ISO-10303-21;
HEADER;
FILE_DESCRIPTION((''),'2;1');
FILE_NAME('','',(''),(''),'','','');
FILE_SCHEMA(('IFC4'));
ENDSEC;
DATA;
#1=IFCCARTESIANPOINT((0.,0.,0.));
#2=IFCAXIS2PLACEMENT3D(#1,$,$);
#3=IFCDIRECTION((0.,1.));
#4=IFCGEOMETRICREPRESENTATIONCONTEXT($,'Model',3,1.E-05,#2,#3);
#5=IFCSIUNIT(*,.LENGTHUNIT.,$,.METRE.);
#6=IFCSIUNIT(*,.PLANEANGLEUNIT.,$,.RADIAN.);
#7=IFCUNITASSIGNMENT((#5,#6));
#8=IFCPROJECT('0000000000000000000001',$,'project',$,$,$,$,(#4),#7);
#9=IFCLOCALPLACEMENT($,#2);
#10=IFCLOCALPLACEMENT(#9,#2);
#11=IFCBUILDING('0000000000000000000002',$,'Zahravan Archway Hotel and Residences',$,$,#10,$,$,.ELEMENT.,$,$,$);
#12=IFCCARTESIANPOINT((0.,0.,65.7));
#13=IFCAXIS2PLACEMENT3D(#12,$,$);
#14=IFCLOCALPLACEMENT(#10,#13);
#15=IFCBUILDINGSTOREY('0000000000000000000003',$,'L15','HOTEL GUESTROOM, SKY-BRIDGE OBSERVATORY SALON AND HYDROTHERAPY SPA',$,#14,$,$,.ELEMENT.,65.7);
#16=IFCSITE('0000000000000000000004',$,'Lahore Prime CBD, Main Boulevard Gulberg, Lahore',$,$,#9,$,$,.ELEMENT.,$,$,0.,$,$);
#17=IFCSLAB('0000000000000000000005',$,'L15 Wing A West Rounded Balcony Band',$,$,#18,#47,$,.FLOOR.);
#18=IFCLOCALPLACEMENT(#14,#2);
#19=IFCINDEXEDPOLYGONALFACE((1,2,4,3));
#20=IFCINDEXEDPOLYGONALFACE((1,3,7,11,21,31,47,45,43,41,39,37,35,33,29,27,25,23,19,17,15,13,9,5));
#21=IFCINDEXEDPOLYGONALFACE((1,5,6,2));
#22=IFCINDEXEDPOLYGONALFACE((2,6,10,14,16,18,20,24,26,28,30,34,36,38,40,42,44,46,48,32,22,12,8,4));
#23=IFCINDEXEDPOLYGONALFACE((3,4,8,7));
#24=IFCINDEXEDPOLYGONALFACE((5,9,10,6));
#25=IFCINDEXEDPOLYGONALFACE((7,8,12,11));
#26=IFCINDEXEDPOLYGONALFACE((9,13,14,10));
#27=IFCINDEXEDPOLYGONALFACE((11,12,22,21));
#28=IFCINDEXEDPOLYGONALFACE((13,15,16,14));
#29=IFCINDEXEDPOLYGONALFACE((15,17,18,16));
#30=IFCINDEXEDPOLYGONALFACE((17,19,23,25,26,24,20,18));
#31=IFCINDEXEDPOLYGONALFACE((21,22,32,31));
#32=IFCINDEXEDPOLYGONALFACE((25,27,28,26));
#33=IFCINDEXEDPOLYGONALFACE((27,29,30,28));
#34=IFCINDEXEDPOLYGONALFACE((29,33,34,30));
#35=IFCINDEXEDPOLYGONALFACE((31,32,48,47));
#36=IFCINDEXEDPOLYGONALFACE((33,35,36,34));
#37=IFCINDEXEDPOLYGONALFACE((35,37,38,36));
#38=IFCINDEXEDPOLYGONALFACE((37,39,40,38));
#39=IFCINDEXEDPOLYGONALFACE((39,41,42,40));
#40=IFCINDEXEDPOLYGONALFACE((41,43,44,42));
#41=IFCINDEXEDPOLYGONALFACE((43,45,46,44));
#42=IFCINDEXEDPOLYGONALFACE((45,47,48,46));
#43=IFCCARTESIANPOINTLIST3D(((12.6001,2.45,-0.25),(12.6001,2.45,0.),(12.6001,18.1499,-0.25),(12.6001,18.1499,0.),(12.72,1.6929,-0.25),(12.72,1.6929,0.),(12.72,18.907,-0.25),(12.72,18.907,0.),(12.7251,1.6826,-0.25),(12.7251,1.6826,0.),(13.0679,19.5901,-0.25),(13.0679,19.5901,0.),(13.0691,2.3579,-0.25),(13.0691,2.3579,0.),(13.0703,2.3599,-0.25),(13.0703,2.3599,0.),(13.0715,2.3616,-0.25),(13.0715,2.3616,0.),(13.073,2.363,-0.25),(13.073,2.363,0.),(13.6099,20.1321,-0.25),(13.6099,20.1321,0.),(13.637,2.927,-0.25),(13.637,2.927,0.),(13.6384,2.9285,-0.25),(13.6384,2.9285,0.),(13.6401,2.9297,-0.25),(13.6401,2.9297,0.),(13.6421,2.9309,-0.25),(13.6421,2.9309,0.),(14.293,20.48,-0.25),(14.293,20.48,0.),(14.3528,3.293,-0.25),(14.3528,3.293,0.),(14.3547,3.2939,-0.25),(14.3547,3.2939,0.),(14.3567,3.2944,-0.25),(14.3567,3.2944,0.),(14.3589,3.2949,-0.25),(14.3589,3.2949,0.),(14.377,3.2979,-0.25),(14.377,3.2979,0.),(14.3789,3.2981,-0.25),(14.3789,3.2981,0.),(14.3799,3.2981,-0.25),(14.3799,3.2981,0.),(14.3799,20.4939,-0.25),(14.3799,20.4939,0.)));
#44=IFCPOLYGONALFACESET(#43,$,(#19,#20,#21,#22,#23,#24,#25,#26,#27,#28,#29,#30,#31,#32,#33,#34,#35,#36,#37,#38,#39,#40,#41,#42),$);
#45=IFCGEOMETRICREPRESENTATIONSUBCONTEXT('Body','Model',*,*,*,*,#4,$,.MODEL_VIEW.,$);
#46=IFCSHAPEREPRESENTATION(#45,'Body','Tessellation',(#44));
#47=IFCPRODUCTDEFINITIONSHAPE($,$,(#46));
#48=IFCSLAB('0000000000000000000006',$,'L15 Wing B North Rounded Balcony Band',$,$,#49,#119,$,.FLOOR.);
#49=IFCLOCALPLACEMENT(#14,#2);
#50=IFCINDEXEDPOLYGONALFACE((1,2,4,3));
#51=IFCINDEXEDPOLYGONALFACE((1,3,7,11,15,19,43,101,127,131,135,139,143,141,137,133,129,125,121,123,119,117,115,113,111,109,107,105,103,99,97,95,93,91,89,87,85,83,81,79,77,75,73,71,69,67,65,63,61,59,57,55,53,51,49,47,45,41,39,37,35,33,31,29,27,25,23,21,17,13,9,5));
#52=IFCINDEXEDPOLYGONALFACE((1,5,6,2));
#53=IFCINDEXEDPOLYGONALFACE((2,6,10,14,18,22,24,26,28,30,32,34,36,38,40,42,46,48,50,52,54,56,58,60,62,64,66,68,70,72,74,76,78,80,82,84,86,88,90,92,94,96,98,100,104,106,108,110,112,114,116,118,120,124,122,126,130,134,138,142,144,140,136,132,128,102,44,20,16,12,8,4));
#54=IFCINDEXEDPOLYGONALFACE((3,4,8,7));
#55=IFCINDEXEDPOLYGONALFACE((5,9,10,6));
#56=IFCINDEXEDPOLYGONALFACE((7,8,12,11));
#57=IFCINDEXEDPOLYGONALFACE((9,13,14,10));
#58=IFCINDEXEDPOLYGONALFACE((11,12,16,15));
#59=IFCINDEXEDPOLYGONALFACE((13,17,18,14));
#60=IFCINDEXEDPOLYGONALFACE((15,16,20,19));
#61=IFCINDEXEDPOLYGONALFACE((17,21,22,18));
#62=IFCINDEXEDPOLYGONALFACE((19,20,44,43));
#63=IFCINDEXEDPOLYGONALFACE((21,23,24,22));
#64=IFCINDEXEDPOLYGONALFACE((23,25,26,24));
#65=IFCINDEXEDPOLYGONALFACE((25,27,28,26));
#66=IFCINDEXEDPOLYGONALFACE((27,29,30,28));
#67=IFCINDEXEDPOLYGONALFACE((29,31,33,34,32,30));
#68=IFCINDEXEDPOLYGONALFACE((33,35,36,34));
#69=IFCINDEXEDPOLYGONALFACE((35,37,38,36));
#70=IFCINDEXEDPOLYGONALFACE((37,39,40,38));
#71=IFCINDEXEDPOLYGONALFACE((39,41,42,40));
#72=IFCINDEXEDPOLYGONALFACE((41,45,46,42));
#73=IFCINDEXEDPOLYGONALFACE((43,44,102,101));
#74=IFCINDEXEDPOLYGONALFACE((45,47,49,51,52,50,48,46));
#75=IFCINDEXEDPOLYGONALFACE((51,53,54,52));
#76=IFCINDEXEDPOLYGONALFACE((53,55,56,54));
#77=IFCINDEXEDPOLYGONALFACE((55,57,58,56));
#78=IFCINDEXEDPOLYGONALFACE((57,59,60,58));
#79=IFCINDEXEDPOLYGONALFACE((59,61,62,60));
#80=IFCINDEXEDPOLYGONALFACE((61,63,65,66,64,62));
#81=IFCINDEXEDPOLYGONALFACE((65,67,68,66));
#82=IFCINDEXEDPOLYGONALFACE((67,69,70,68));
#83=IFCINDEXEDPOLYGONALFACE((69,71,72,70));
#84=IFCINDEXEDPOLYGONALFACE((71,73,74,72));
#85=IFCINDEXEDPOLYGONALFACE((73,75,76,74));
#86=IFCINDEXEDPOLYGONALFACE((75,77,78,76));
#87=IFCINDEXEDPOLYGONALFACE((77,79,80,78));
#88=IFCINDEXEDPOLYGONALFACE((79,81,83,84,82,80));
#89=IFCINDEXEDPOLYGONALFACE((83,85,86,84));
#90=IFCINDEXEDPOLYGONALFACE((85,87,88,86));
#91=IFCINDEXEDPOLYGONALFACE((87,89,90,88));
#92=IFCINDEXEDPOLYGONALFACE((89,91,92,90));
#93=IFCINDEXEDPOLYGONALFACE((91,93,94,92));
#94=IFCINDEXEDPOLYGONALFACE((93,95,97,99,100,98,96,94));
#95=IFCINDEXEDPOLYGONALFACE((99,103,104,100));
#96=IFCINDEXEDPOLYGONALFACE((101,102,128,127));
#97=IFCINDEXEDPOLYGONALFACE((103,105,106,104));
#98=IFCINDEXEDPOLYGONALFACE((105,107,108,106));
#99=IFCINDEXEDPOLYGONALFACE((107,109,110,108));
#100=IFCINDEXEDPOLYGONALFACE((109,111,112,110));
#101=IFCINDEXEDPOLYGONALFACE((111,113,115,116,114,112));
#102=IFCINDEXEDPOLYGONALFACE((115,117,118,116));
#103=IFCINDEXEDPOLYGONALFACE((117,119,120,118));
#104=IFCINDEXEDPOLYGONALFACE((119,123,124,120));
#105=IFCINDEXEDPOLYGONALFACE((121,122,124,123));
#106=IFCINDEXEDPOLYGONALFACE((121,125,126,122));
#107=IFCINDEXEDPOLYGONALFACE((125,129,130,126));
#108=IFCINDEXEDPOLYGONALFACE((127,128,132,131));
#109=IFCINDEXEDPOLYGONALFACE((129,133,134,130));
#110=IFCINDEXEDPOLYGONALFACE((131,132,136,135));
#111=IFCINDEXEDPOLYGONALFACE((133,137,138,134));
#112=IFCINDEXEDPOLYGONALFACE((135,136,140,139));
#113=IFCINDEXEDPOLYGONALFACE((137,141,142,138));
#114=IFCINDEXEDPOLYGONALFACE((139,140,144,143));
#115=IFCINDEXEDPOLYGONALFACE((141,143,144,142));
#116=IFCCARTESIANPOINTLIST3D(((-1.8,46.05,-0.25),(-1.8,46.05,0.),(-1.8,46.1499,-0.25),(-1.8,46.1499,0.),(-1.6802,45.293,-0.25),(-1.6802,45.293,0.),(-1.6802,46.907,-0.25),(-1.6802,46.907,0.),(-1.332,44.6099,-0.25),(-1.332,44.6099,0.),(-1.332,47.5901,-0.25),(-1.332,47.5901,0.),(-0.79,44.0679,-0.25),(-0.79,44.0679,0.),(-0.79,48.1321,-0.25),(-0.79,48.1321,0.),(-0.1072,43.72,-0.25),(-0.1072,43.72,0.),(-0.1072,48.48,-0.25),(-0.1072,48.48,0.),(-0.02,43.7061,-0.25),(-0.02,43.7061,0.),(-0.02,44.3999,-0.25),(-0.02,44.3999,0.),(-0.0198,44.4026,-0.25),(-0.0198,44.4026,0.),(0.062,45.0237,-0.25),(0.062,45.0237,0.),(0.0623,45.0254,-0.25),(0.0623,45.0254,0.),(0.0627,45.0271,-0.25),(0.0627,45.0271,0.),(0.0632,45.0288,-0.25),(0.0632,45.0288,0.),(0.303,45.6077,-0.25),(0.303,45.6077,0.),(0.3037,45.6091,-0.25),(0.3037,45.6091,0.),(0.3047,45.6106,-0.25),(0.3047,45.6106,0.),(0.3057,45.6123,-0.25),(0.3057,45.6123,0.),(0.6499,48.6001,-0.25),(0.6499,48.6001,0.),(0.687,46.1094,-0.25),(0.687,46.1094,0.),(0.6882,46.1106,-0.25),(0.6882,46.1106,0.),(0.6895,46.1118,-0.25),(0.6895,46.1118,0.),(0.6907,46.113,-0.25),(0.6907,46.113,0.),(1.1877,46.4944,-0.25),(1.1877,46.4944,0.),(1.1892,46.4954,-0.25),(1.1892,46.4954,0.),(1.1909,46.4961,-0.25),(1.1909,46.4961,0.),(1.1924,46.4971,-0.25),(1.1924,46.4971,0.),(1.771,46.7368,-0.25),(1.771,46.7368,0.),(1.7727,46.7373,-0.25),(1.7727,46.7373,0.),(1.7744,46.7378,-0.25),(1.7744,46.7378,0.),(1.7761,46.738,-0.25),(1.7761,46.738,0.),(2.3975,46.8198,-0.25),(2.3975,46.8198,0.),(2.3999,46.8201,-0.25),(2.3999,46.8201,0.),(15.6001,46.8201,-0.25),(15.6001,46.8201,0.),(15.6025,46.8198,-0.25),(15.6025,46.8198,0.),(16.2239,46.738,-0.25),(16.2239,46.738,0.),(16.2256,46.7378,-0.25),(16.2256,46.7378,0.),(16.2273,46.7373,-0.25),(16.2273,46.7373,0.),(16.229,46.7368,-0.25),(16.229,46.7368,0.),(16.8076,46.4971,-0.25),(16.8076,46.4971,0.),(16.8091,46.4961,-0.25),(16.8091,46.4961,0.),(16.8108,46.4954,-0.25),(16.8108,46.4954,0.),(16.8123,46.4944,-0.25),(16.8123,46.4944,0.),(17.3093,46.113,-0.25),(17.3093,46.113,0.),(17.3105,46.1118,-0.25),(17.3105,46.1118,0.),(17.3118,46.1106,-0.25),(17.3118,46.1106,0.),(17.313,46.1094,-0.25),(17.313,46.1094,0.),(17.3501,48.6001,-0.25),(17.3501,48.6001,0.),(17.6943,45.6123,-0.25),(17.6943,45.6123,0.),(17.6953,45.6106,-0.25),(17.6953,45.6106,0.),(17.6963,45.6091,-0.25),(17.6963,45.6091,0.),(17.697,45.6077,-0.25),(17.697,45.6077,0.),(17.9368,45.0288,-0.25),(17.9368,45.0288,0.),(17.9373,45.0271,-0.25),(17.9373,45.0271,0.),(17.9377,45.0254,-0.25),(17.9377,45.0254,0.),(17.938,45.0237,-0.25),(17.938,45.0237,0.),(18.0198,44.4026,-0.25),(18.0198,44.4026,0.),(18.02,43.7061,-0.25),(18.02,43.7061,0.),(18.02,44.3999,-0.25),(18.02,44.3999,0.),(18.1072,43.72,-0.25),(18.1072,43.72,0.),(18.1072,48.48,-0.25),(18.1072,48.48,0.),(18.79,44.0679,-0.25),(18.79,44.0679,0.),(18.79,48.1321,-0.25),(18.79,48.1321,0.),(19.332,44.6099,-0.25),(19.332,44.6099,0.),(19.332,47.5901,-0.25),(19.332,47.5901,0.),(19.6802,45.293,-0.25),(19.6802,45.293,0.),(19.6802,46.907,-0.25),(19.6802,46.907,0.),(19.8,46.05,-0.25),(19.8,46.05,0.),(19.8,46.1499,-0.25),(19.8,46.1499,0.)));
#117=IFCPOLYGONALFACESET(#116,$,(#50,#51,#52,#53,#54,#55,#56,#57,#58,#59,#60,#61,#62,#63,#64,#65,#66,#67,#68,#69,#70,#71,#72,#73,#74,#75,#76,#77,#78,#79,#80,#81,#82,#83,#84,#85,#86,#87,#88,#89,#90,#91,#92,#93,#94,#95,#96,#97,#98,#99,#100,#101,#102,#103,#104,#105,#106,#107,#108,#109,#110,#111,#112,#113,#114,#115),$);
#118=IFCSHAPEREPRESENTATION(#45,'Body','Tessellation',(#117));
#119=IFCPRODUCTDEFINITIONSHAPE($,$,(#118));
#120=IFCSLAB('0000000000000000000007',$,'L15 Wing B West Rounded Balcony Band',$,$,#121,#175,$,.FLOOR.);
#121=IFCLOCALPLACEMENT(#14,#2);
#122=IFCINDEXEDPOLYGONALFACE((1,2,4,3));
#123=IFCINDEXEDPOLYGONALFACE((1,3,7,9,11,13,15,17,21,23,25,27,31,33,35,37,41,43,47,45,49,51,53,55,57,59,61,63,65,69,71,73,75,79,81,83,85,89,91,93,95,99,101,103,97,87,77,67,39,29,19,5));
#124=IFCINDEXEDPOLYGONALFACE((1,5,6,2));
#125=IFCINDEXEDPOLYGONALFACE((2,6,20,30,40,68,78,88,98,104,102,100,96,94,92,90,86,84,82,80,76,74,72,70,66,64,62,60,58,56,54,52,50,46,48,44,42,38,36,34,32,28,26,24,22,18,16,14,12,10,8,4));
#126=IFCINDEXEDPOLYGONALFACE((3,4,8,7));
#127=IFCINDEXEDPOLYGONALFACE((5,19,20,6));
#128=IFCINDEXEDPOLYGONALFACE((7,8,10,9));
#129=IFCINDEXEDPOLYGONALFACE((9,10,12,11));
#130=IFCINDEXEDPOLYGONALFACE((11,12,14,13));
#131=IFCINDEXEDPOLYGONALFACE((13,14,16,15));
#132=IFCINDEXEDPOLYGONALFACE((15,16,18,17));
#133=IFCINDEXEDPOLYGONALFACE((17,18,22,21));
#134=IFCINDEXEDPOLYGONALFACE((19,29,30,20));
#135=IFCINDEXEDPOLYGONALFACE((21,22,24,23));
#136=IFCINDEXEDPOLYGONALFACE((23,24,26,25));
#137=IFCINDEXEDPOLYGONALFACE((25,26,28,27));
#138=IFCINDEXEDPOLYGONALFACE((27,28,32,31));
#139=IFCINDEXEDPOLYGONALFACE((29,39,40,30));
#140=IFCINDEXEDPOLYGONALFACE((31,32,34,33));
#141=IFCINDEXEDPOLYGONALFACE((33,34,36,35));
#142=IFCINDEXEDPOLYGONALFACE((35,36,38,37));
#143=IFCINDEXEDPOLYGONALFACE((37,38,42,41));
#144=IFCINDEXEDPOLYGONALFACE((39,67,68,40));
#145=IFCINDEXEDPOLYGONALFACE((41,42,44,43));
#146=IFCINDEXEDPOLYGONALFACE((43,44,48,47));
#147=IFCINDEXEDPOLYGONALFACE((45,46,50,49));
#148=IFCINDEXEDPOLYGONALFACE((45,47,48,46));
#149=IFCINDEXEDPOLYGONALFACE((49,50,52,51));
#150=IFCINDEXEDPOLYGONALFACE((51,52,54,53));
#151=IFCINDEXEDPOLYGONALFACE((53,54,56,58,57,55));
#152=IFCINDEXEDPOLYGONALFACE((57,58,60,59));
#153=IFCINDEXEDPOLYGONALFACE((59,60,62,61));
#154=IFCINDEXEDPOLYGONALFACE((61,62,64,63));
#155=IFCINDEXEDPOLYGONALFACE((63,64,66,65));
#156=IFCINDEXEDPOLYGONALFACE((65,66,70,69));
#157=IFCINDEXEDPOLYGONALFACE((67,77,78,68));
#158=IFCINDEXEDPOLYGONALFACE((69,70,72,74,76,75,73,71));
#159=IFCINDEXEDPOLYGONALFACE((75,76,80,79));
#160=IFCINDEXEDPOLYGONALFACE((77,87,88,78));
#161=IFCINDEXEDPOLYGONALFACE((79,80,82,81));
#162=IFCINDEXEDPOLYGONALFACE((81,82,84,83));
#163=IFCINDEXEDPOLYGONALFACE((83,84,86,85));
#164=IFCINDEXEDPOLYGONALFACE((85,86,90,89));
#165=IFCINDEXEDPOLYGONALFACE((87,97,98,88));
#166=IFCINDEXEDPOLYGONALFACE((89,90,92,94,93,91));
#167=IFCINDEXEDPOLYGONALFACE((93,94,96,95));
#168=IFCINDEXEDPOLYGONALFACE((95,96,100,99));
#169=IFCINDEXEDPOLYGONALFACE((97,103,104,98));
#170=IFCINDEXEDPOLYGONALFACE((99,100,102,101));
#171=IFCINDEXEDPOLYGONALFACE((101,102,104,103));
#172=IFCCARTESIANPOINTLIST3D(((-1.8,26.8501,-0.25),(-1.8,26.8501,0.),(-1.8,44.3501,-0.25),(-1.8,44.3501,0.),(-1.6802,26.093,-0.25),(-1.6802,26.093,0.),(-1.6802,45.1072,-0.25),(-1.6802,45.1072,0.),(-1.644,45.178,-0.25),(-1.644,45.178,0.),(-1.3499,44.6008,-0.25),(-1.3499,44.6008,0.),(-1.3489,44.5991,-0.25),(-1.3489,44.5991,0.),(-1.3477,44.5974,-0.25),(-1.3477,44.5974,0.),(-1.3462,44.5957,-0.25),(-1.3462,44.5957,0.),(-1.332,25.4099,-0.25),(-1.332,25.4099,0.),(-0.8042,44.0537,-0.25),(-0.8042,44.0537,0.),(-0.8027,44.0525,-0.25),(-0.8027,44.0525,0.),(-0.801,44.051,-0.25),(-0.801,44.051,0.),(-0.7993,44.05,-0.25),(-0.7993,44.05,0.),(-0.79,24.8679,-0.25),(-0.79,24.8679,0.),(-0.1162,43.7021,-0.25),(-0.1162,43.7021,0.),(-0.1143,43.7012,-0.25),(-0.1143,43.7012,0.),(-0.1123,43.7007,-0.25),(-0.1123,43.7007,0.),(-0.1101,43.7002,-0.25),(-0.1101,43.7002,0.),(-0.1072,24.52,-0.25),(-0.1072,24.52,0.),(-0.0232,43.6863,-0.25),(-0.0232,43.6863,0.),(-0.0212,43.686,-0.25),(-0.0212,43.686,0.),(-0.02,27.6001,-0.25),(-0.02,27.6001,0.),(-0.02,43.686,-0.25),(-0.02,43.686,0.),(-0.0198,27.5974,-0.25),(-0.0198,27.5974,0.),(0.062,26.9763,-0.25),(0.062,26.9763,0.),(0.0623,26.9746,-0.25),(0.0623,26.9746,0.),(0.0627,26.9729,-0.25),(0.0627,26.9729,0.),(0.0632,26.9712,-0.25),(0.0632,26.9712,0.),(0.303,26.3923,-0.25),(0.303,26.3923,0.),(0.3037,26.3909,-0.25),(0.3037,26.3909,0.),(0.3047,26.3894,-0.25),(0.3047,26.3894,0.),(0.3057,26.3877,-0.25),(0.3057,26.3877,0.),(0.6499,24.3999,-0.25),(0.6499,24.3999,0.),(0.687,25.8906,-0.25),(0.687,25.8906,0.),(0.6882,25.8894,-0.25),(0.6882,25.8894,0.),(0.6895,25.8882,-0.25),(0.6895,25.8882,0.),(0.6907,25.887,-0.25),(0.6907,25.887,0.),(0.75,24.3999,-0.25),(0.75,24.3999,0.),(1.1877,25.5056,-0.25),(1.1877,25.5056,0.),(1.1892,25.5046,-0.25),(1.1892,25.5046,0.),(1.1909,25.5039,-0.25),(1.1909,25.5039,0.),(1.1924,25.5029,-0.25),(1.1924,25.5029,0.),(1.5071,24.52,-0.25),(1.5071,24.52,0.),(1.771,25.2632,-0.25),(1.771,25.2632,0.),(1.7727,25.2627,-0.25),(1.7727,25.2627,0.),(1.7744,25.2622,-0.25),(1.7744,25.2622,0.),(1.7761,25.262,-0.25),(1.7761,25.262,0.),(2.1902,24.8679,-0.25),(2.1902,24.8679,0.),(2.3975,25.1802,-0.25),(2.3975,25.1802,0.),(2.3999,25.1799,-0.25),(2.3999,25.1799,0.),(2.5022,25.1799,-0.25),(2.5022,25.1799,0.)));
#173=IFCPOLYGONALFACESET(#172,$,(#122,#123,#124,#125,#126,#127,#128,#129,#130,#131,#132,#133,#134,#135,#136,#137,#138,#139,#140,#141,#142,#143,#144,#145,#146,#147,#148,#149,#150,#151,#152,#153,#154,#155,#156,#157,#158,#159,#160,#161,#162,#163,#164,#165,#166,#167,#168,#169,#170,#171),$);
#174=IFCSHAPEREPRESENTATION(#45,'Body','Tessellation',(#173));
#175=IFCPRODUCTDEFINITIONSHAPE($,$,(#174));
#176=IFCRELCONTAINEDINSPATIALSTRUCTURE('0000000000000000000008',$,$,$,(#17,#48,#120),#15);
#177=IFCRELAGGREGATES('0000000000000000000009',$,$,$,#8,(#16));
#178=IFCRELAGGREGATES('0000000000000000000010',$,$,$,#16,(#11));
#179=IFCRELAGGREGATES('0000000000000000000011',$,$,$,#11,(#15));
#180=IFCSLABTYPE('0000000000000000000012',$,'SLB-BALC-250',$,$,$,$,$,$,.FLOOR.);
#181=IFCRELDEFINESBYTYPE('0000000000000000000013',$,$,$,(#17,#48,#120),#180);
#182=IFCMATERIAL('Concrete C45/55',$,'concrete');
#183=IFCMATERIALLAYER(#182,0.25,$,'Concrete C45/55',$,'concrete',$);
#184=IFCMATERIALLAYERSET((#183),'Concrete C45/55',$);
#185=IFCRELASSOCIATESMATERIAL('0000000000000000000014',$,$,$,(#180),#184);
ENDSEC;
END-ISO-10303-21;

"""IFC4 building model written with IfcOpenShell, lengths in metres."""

from ifc_helpers import new_model, si_unit, direction, frame, origin, place, context, subcontext, project, spatial, polyline, outline, extrude, material, layer, layer_set, type_object, element, save


model = new_model("IFC4")

# Units and contexts
model_context = context("Model", 3, precision=1e-05, world=origin(), true_north=direction((0.0, 1.0)))
body_context = subcontext(model_context, "Body", "Model", "MODEL_VIEW")
ifc_project = project(units=[si_unit("LENGTHUNIT", "METRE"), si_unit("PLANEANGLEUNIT", "RADIAN")], contexts=[model_context])

# Site, building, storey
site_placement = place(None, origin())
site = spatial("IfcSite", under=ifc_project, at=site_placement, Name="Lahore Prime CBD, Main Boulevard Gulberg, Lahore", CompositionType="ELEMENT", RefElevation=0.0)
building_placement = place(site_placement, origin())
building = spatial("IfcBuilding", under=site, at=building_placement, Name="Zahravan Archway Hotel and Residences", CompositionType="ELEMENT")
storey_placement = place(building_placement, frame((0.0, 0.0, 65.7)))
storey = spatial("IfcBuildingStorey", under=building, at=storey_placement, Name="L15", Description="HOTEL GUESTROOM, SKY-BRIDGE OBSERVATORY SALON AND HYDROTHERAPY SPA", CompositionType="ELEMENT", Elevation=65.7)

# Slabs
ifc_material_1 = material(Name="Concrete C45/55", Category="concrete")
ifc_layer_1 = layer(ifc_material_1, 0.25, Name="Concrete C45/55", Category="concrete")
ifc_layer_set_1 = layer_set([ifc_layer_1], Name="Concrete C45/55")
slab_type_1 = type_object("IfcSlabType", Name="SLB-BALC-250", PredefinedType="FLOOR", material=ifc_layer_set_1)
slab_1_placement = place(storey_placement, frame((0.0, 0.0, -0.25)))
element("IfcSlab", 1, at=slab_1_placement, inside=storey, type_object=slab_type_1, Name="L15 Wing A West Rounded Balcony Band", PredefinedType="FLOOR", context=body_context, shape_type="SweptSolid", body=[
    extrude(outline(polyline([(12.72, 1.6929), (12.6001, 2.45), (12.6001, 18.1499), (12.72, 18.907), (13.0679, 19.5901), (13.6099, 20.1321), (14.293, 20.48), (14.3799, 20.4939), (14.3799, 3.2981), (14.3789, 3.2981), (14.377, 3.2979), (14.3589, 3.2949), (14.3567, 3.2944), (14.3547, 3.2939), (14.3528, 3.293), (13.6421, 2.9309), (13.6401, 2.9297), (13.6384, 2.9285), (13.637, 2.927), (13.073, 2.363), (13.0715, 2.3616), (13.0703, 2.3599), (13.0691, 2.3579), (12.7251, 1.6826), (12.72, 1.6929)])), origin(), (0.0, 0.0, 1.0), 0.25),
])
slab_2_placement = place(storey_placement, frame((0.0, 0.0, -0.25)))
element("IfcSlab", 2, at=slab_2_placement, inside=storey, type_object=slab_type_1, Name="L15 Wing B North Rounded Balcony Band", PredefinedType="FLOOR", context=body_context, shape_type="SweptSolid", body=[
    extrude(outline(polyline([(-0.1072, 43.72), (-0.79, 44.0679), (-1.332, 44.6099), (-1.6802, 45.293), (-1.8, 46.05), (-1.8, 46.1499), (-1.6802, 46.907), (-1.332, 47.5901), (-0.79, 48.1321), (-0.1072, 48.48), (0.6499, 48.6001), (17.3501, 48.6001), (18.1072, 48.48), (18.79, 48.1321), (19.332, 47.5901), (19.6802, 46.907), (19.8, 46.1499), (19.8, 46.05), (19.6802, 45.293), (19.332, 44.6099), (18.79, 44.0679), (18.1072, 43.72), (18.02, 43.7061), (18.02, 44.3999), (18.0198, 44.4026), (17.938, 45.0237), (17.9377, 45.0254), (17.9373, 45.0271), (17.9368, 45.0288), (17.697, 45.6077), (17.6963, 45.6091), (17.6953, 45.6106), (17.6943, 45.6123), (17.313, 46.1094), (17.3118, 46.1106), (17.3105, 46.1118), (17.3093, 46.113), (16.8123, 46.4944), (16.8108, 46.4954), (16.8091, 46.4961), (16.8076, 46.4971), (16.229, 46.7368), (16.2273, 46.7373), (16.2256, 46.7378), (16.2239, 46.738), (15.6025, 46.8198), (15.6001, 46.8201), (2.3999, 46.8201), (2.3975, 46.8198), (1.7761, 46.738), (1.7744, 46.7378), (1.7727, 46.7373), (1.771, 46.7368), (1.1924, 46.4971), (1.1909, 46.4961), (1.1892, 46.4954), (1.1877, 46.4944), (0.6907, 46.113), (0.6895, 46.1118), (0.6882, 46.1106), (0.687, 46.1094), (0.3057, 45.6123), (0.3047, 45.6106), (0.3037, 45.6091), (0.303, 45.6077), (0.0632, 45.0288), (0.0627, 45.0271), (0.0623, 45.0254), (0.062, 45.0237), (-0.0198, 44.4026), (-0.02, 44.3999), (-0.02, 43.7061), (-0.1072, 43.72)])), origin(), (0.0, 0.0, 1.0), 0.25),
])
slab_3_placement = place(storey_placement, frame((0.0, 0.0, -0.25)))
element("IfcSlab", 3, at=slab_3_placement, inside=storey, type_object=slab_type_1, Name="L15 Wing B West Rounded Balcony Band", PredefinedType="FLOOR", context=body_context, shape_type="SweptSolid", body=[
    extrude(outline(polyline([(2.1902, 24.8679), (1.5071, 24.52), (0.75, 24.3999), (0.6499, 24.3999), (-0.1072, 24.52), (-0.79, 24.8679), (-1.332, 25.4099), (-1.6802, 26.093), (-1.8, 26.8501), (-1.8, 44.3501), (-1.6802, 45.1072), (-1.644, 45.178), (-1.3499, 44.6008), (-1.3489, 44.5991), (-1.3477, 44.5974), (-1.3462, 44.5957), (-0.8042, 44.0537), (-0.8027, 44.0525), (-0.801, 44.051), (-0.7993, 44.05), (-0.1162, 43.7021), (-0.1143, 43.7012), (-0.1123, 43.7007), (-0.1101, 43.7002), (-0.0232, 43.6863), (-0.0212, 43.686), (-0.02, 43.686), (-0.02, 27.6001), (-0.0198, 27.5974), (0.062, 26.9763), (0.0623, 26.9746), (0.0627, 26.9729), (0.0632, 26.9712), (0.303, 26.3923), (0.3037, 26.3909), (0.3047, 26.3894), (0.3057, 26.3877), (0.687, 25.8906), (0.6882, 25.8894), (0.6895, 25.8882), (0.6907, 25.887), (1.1877, 25.5056), (1.1892, 25.5046), (1.1909, 25.5039), (1.1924, 25.5029), (1.771, 25.2632), (1.7727, 25.2627), (1.7744, 25.2622), (1.7761, 25.262), (2.3975, 25.1802), (2.3999, 25.1799), (2.5022, 25.1799), (2.1902, 24.8679)])), origin(), (0.0, 0.0, 1.0), 0.25),
])

save(model, "model.ifc")
